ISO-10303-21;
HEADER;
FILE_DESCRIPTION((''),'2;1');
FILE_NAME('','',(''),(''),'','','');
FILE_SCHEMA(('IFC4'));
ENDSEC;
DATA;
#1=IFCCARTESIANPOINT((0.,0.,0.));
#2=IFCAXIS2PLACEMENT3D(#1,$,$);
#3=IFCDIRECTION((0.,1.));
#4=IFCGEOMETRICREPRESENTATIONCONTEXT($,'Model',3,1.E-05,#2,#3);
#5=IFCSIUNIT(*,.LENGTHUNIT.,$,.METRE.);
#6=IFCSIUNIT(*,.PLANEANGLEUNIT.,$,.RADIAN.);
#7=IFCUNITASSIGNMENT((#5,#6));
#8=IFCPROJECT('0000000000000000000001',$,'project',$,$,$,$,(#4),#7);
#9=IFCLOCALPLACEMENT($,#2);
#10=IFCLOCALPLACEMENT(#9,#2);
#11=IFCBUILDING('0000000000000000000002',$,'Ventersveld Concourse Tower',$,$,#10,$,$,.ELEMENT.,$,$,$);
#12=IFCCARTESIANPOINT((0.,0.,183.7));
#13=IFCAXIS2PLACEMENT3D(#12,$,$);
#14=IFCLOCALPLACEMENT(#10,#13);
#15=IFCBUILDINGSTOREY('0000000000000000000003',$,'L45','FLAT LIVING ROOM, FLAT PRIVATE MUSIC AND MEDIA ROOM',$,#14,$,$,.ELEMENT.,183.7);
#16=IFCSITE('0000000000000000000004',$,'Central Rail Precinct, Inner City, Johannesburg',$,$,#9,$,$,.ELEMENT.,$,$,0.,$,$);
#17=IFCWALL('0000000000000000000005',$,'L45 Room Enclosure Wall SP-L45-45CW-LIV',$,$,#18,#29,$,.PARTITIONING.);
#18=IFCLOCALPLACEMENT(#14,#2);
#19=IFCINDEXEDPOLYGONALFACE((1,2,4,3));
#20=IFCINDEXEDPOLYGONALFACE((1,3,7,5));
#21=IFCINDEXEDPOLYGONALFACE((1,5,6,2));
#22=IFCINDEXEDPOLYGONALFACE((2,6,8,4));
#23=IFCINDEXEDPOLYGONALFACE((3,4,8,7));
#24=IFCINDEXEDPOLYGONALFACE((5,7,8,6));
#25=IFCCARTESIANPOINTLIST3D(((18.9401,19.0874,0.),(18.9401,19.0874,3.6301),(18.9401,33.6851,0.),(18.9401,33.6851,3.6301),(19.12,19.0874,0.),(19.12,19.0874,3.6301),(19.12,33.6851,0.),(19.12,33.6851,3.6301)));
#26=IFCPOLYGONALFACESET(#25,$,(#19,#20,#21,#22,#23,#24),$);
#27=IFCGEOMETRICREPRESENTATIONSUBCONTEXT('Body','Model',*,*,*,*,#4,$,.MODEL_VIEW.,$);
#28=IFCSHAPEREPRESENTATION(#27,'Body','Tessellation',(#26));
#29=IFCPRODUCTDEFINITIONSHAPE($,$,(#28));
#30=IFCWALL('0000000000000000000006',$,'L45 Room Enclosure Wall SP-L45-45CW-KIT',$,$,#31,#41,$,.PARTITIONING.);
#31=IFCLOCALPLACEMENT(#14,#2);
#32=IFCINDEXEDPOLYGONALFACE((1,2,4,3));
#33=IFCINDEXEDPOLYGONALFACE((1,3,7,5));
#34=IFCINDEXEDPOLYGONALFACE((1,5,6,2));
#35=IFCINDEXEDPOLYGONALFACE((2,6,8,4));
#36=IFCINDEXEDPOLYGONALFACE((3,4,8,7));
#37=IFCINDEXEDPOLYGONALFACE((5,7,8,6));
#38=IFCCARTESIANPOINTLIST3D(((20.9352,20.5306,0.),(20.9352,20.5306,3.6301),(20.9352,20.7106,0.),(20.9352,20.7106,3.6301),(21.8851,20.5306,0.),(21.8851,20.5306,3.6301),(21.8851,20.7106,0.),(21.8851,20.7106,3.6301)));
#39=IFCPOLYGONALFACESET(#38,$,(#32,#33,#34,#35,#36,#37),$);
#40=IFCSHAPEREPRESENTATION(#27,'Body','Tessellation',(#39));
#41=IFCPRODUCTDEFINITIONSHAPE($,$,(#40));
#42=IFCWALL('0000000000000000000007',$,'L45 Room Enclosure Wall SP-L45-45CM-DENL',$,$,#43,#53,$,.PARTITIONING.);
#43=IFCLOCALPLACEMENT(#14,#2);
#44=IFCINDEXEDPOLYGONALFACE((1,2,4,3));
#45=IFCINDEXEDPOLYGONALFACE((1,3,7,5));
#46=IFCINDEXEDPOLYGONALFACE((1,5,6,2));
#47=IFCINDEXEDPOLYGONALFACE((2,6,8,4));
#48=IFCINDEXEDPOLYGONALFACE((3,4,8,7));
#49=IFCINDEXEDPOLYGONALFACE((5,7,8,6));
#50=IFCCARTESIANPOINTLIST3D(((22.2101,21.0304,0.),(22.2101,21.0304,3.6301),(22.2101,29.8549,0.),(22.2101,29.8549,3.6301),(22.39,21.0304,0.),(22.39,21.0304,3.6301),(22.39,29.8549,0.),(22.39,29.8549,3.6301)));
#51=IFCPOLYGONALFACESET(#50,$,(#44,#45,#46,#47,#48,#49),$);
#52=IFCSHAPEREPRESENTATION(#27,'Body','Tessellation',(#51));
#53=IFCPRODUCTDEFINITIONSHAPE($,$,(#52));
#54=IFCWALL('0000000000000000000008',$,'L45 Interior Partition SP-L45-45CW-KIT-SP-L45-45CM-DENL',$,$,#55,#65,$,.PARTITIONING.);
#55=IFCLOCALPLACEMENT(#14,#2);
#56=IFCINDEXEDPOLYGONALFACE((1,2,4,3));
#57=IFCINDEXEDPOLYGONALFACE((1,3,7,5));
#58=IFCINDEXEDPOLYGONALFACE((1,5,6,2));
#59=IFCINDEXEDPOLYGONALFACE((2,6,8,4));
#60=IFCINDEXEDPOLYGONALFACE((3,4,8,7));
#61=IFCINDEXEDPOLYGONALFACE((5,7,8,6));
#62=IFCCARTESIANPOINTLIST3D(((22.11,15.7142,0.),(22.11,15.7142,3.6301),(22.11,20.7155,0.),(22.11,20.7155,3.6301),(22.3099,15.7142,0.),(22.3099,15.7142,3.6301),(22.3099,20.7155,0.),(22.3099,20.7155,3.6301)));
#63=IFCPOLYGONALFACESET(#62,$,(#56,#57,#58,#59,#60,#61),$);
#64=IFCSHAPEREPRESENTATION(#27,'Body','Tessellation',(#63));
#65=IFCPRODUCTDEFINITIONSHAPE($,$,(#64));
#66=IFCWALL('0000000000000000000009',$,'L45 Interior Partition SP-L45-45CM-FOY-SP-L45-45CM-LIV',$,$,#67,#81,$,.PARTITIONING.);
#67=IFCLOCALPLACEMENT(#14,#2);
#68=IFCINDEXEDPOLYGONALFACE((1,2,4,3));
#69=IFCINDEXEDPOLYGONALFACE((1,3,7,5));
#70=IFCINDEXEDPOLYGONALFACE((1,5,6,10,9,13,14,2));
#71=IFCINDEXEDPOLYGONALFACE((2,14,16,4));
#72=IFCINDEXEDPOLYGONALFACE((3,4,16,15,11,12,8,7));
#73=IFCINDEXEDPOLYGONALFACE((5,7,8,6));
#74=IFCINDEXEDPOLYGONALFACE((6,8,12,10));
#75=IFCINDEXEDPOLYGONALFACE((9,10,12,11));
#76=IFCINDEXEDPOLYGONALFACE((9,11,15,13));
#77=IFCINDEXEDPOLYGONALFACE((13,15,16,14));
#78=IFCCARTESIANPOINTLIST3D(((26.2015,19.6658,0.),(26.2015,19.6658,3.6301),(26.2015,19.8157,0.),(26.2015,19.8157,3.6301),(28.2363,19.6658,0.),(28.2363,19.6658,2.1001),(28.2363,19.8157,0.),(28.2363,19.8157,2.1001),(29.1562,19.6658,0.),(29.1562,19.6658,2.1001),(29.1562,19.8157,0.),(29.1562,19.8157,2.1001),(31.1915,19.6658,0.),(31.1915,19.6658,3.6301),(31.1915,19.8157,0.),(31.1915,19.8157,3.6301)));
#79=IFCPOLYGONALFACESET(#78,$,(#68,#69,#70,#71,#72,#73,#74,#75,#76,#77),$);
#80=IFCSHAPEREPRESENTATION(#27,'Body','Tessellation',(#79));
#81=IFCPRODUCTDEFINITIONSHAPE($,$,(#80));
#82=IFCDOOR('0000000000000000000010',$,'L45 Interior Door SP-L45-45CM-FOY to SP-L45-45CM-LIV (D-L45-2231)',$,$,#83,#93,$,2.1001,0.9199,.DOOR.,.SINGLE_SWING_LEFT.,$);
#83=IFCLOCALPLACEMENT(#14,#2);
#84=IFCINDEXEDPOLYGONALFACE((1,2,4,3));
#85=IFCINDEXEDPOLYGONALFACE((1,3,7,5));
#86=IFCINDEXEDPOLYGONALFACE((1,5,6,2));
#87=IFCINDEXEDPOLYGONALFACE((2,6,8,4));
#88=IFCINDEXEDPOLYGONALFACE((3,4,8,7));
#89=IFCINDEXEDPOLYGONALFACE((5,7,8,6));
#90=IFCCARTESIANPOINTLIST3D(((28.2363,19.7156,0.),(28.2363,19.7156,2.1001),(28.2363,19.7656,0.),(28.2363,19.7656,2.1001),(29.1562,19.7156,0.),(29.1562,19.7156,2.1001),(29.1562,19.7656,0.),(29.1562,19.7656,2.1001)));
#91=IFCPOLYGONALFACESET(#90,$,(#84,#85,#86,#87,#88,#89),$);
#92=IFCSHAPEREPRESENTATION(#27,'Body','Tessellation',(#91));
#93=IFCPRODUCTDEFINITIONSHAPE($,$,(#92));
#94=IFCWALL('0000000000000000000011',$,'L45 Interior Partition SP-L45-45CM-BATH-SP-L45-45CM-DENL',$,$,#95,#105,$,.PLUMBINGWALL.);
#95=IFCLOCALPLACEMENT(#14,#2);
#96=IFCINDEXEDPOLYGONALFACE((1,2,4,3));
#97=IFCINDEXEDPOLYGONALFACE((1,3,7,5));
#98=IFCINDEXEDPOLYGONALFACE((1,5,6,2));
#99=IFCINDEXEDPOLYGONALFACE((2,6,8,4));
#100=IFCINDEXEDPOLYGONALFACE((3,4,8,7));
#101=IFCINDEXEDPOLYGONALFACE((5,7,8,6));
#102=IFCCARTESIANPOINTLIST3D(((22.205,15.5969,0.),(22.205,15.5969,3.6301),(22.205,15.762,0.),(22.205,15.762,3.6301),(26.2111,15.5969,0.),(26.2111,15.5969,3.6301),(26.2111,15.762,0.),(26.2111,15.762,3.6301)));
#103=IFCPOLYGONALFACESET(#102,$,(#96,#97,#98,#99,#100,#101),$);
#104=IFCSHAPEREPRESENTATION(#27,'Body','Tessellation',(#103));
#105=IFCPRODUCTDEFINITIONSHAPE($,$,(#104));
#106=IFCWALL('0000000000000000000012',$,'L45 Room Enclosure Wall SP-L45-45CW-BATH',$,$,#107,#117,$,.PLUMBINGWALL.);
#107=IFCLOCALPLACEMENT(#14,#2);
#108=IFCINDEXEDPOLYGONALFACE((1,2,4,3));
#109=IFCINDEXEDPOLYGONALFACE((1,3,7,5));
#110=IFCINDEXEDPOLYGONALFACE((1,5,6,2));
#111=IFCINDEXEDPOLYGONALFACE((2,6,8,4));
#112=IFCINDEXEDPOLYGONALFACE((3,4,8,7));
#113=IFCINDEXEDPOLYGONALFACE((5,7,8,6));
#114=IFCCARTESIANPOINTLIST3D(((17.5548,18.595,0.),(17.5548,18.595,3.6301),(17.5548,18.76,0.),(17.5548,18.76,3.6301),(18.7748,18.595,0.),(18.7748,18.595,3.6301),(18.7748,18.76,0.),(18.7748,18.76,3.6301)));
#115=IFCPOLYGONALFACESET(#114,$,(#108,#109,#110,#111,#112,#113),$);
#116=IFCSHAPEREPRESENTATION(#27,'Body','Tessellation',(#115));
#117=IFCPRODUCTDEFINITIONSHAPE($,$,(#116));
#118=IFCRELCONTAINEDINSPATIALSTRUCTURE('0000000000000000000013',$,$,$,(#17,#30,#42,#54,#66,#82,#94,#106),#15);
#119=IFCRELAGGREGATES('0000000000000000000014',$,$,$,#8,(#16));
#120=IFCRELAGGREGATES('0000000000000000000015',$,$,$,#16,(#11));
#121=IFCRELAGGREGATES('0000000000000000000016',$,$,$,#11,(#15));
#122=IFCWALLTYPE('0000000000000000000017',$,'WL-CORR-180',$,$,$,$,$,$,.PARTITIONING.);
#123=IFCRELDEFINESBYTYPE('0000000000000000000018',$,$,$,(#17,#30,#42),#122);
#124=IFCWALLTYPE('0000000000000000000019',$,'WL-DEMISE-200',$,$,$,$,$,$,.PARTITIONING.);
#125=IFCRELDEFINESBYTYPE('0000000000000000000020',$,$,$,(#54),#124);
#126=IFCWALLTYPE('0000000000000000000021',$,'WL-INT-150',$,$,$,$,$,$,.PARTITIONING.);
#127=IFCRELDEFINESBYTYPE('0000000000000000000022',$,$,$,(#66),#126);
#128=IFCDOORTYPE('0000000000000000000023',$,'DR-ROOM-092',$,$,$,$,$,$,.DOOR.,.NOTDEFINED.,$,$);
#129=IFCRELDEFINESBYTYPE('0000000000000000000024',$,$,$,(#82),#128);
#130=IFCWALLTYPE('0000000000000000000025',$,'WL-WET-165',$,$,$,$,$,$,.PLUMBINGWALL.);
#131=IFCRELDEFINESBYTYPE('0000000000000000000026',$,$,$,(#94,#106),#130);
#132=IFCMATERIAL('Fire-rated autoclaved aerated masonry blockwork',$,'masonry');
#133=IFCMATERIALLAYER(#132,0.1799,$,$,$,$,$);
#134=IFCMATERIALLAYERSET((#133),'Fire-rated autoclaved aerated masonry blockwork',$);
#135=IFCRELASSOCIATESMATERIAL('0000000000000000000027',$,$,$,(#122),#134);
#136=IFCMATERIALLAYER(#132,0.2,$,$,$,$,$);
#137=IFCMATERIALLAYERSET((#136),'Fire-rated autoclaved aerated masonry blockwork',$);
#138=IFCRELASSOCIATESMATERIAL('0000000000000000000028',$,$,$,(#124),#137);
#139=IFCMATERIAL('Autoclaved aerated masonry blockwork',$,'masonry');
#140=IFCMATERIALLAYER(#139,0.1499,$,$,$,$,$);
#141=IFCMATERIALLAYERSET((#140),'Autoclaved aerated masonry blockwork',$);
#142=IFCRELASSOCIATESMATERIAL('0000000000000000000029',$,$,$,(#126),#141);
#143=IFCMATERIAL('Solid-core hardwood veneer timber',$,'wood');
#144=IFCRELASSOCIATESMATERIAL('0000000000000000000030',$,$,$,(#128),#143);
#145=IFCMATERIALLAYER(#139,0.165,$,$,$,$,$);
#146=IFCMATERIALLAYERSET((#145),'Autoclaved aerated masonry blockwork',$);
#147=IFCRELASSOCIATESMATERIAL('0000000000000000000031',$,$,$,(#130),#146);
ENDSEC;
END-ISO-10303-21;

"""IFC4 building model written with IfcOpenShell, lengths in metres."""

from ifc_helpers import new_model, si_unit, direction, frame, frame_2d, origin, place, context, subcontext, project, spatial, rectangle, extrude, material, layer, layer_set, type_object, element, fill, save


model = new_model("IFC4")

# Units and contexts
model_context = context("Model", 3, precision=1e-05, world=origin(), true_north=direction((0.0, 1.0)))
body_context = subcontext(model_context, "Body", "Model", "MODEL_VIEW")
ifc_project = project(units=[si_unit("LENGTHUNIT", "METRE"), si_unit("PLANEANGLEUNIT", "RADIAN")], contexts=[model_context])

# Site, building, storey
site_placement = place(None, origin())
site = spatial("IfcSite", under=ifc_project, at=site_placement, Name="Central Rail Precinct, Inner City, Johannesburg", CompositionType="ELEMENT", RefElevation=0.0)
building_placement = place(site_placement, origin())
building = spatial("IfcBuilding", under=site, at=building_placement, Name="Ventersveld Concourse Tower", CompositionType="ELEMENT")
storey_placement = place(building_placement, frame((0.0, 0.0, 183.7)))
storey = spatial("IfcBuildingStorey", under=building, at=storey_placement, Name="L45", Description="FLAT LIVING ROOM, FLAT PRIVATE MUSIC AND MEDIA ROOM", CompositionType="ELEMENT", Elevation=183.7)

# Shared definitions
ifc_material_1 = material(Name="Fire-rated autoclaved aerated masonry blockwork", Category="masonry")
ifc_layer_1 = layer(ifc_material_1, 0.1799)
ifc_layer_set_1 = layer_set([ifc_layer_1], Name="Fire-rated autoclaved aerated masonry blockwork")
wall_type_1 = type_object("IfcWallType", Name="WL-CORR-180", PredefinedType="PARTITIONING", material=ifc_layer_set_1)

# Shared definitions
ifc_material_2 = material(Name="Solid-core hardwood veneer timber", Category="wood")

# Walls
wall_1_placement = place(storey_placement, frame((19.03, 19.0874, 0.0), z_axis=(0.0, 0.0, 1.0), x_axis=(0.0, 1.0, 0.0)))
element("IfcWall", 1, at=wall_1_placement, inside=storey, type_object=wall_type_1, Name="L45 Room Enclosure Wall SP-L45-45CW-LIV", PredefinedType="PARTITIONING", context=body_context, shape_type="SweptSolid", body=[
    extrude(rectangle(XDim=14.5977, YDim=0.1799, at=frame_2d((7.2988, 0.0))), origin(), (0.0, 0.0, 1.0), 3.6301),
])
wall_2_placement = place(storey_placement, frame((20.9351, 20.6206, 0.0), z_axis=(0.0, 0.0, 1.0), x_axis=(1.0, 0.0, 0.0)))
element("IfcWall", 2, at=wall_2_placement, inside=storey, type_object=wall_type_1, Name="L45 Room Enclosure Wall SP-L45-45CW-KIT", PredefinedType="PARTITIONING", context=body_context, shape_type="SweptSolid", body=[
    extrude(rectangle(XDim=0.95, YDim=0.1799, at=frame_2d((0.4751, 0.0))), origin(), (0.0, 0.0, 1.0), 3.6301),
])
wall_3_placement = place(storey_placement, frame((22.3, 21.0305, 0.0), z_axis=(0.0, 0.0, 1.0), x_axis=(0.0, 1.0, 0.0)))
element("IfcWall", 3, at=wall_3_placement, inside=storey, type_object=wall_type_1, Name="L45 Room Enclosure Wall SP-L45-45CM-DENL", PredefinedType="PARTITIONING", context=body_context, shape_type="SweptSolid", body=[
    extrude(rectangle(XDim=8.8245, YDim=0.1799, at=frame_2d((4.4121, 0.0))), origin(), (0.0, 0.0, 1.0), 3.6301),
])
ifc_layer_2 = layer(ifc_material_1, 0.2)
ifc_layer_set_2 = layer_set([ifc_layer_2], Name="Fire-rated autoclaved aerated masonry blockwork")
wall_type_2 = type_object("IfcWallType", Name="WL-DEMISE-200", PredefinedType="PARTITIONING", material=ifc_layer_set_2)
wall_4_placement = place(storey_placement, frame((22.21, 15.7144, 0.0), z_axis=(0.0, 0.0, 1.0), x_axis=(0.0, 1.0, 0.0)))
element("IfcWall", 4, at=wall_4_placement, inside=storey, type_object=wall_type_2, Name="L45 Interior Partition SP-L45-45CW-KIT-SP-L45-45CM-DENL", PredefinedType="PARTITIONING", context=body_context, shape_type="SweptSolid", body=[
    extrude(rectangle(XDim=5.0012, YDim=0.2, at=frame_2d((2.5005, 0.0))), origin(), (0.0, 0.0, 1.0), 3.6301),
])

# Wall, opening, door
ifc_material_3 = material(Name="Autoclaved aerated masonry blockwork", Category="masonry")
ifc_layer_3 = layer(ifc_material_3, 0.1499)
ifc_layer_set_3 = layer_set([ifc_layer_3], Name="Autoclaved aerated masonry blockwork")
wall_type_3 = type_object("IfcWallType", Name="WL-INT-150", PredefinedType="PARTITIONING", material=ifc_layer_set_3)
wall_5_placement = place(storey_placement, frame((26.2014, 19.7407, 0.0), z_axis=(0.0, 0.0, 1.0), x_axis=(1.0, 0.0, 0.0)))
wall_5 = element("IfcWall", 5, at=wall_5_placement, inside=storey, type_object=wall_type_3, Name="L45 Interior Partition SP-L45-45CM-FOY-SP-L45-45CM-LIV", PredefinedType="PARTITIONING", context=body_context, shape_type="SweptSolid", body=[
    extrude(rectangle(XDim=4.99, YDim=0.1499, at=frame_2d((2.4951, 0.0))), origin(), (0.0, 0.0, 1.0), 3.6301),
])
opening_1_placement = place(wall_5_placement, frame((2.0349, 0.0, 0.0)))
opening_1 = element("IfcOpeningElement", 6, at=opening_1_placement, cuts=wall_5, PredefinedType="OPENING", context=body_context, shape_type="SweptSolid", body=[
    extrude(rectangle(XDim=0.9199, YDim=2.1001, at=frame_2d((0.46, 1.05))), frame((0.0, 0.085, 0.0), z_axis=(0.0, -1.0, 0.0), x_axis=(1.0, 0.0, 0.0)), (0.0, 0.0, 1.0), 0.1699),
])
door_type_1 = type_object("IfcDoorType", Name="DR-ROOM-092", OperationType="NOTDEFINED", PredefinedType="DOOR", material=ifc_material_2)
door_1_placement = place(opening_1_placement, origin())
door_1 = element("IfcDoor", 7, at=door_1_placement, inside=storey, type_object=door_type_1, Name="L45 Interior Door SP-L45-45CM-FOY to SP-L45-45CM-LIV (D-L45-2231)", OperationType="SINGLE_SWING_LEFT", OverallHeight=2.1001, OverallWidth=0.9199, PredefinedType="DOOR", context=body_context, shape_type="SweptSolid", body=[
    extrude(rectangle(XDim=0.9199, YDim=2.1001, at=frame_2d((0.46, 1.05))), frame((0.0, 0.0249, 0.0), z_axis=(0.0, -1.0, 0.0), x_axis=(1.0, 0.0, 0.0)), (0.0, 0.0, 1.0), 0.05),
])
fill(opening_1, door_1)

# Walls
ifc_layer_4 = layer(ifc_material_3, 0.165)
ifc_layer_set_4 = layer_set([ifc_layer_4], Name="Autoclaved aerated masonry blockwork")
wall_type_4 = type_object("IfcWallType", Name="WL-WET-165", PredefinedType="PLUMBINGWALL", material=ifc_layer_set_4)
wall_6_placement = place(storey_placement, frame((22.2051, 15.6794, 0.0), z_axis=(0.0, 0.0, 1.0), x_axis=(1.0, 0.0, 0.0)))
element("IfcWall", 8, at=wall_6_placement, inside=storey, type_object=wall_type_4, Name="L45 Interior Partition SP-L45-45CM-BATH-SP-L45-45CM-DENL", PredefinedType="PLUMBINGWALL", context=body_context, shape_type="SweptSolid", body=[
    extrude(rectangle(XDim=4.0061, YDim=0.165, at=frame_2d((2.0029, 0.0))), origin(), (0.0, 0.0, 1.0), 3.6301),
])
wall_7_placement = place(storey_placement, frame((17.5549, 18.6775, 0.0), z_axis=(0.0, 0.0, 1.0), x_axis=(1.0, 0.0, 0.0)))
element("IfcWall", 9, at=wall_7_placement, inside=storey, type_object=wall_type_4, Name="L45 Room Enclosure Wall SP-L45-45CW-BATH", PredefinedType="PLUMBINGWALL", context=body_context, shape_type="SweptSolid", body=[
    extrude(rectangle(XDim=1.22, YDim=0.165, at=frame_2d((0.6099, 0.0))), origin(), (0.0, 0.0, 1.0), 3.6301),
])

save(model, "model.ifc")
